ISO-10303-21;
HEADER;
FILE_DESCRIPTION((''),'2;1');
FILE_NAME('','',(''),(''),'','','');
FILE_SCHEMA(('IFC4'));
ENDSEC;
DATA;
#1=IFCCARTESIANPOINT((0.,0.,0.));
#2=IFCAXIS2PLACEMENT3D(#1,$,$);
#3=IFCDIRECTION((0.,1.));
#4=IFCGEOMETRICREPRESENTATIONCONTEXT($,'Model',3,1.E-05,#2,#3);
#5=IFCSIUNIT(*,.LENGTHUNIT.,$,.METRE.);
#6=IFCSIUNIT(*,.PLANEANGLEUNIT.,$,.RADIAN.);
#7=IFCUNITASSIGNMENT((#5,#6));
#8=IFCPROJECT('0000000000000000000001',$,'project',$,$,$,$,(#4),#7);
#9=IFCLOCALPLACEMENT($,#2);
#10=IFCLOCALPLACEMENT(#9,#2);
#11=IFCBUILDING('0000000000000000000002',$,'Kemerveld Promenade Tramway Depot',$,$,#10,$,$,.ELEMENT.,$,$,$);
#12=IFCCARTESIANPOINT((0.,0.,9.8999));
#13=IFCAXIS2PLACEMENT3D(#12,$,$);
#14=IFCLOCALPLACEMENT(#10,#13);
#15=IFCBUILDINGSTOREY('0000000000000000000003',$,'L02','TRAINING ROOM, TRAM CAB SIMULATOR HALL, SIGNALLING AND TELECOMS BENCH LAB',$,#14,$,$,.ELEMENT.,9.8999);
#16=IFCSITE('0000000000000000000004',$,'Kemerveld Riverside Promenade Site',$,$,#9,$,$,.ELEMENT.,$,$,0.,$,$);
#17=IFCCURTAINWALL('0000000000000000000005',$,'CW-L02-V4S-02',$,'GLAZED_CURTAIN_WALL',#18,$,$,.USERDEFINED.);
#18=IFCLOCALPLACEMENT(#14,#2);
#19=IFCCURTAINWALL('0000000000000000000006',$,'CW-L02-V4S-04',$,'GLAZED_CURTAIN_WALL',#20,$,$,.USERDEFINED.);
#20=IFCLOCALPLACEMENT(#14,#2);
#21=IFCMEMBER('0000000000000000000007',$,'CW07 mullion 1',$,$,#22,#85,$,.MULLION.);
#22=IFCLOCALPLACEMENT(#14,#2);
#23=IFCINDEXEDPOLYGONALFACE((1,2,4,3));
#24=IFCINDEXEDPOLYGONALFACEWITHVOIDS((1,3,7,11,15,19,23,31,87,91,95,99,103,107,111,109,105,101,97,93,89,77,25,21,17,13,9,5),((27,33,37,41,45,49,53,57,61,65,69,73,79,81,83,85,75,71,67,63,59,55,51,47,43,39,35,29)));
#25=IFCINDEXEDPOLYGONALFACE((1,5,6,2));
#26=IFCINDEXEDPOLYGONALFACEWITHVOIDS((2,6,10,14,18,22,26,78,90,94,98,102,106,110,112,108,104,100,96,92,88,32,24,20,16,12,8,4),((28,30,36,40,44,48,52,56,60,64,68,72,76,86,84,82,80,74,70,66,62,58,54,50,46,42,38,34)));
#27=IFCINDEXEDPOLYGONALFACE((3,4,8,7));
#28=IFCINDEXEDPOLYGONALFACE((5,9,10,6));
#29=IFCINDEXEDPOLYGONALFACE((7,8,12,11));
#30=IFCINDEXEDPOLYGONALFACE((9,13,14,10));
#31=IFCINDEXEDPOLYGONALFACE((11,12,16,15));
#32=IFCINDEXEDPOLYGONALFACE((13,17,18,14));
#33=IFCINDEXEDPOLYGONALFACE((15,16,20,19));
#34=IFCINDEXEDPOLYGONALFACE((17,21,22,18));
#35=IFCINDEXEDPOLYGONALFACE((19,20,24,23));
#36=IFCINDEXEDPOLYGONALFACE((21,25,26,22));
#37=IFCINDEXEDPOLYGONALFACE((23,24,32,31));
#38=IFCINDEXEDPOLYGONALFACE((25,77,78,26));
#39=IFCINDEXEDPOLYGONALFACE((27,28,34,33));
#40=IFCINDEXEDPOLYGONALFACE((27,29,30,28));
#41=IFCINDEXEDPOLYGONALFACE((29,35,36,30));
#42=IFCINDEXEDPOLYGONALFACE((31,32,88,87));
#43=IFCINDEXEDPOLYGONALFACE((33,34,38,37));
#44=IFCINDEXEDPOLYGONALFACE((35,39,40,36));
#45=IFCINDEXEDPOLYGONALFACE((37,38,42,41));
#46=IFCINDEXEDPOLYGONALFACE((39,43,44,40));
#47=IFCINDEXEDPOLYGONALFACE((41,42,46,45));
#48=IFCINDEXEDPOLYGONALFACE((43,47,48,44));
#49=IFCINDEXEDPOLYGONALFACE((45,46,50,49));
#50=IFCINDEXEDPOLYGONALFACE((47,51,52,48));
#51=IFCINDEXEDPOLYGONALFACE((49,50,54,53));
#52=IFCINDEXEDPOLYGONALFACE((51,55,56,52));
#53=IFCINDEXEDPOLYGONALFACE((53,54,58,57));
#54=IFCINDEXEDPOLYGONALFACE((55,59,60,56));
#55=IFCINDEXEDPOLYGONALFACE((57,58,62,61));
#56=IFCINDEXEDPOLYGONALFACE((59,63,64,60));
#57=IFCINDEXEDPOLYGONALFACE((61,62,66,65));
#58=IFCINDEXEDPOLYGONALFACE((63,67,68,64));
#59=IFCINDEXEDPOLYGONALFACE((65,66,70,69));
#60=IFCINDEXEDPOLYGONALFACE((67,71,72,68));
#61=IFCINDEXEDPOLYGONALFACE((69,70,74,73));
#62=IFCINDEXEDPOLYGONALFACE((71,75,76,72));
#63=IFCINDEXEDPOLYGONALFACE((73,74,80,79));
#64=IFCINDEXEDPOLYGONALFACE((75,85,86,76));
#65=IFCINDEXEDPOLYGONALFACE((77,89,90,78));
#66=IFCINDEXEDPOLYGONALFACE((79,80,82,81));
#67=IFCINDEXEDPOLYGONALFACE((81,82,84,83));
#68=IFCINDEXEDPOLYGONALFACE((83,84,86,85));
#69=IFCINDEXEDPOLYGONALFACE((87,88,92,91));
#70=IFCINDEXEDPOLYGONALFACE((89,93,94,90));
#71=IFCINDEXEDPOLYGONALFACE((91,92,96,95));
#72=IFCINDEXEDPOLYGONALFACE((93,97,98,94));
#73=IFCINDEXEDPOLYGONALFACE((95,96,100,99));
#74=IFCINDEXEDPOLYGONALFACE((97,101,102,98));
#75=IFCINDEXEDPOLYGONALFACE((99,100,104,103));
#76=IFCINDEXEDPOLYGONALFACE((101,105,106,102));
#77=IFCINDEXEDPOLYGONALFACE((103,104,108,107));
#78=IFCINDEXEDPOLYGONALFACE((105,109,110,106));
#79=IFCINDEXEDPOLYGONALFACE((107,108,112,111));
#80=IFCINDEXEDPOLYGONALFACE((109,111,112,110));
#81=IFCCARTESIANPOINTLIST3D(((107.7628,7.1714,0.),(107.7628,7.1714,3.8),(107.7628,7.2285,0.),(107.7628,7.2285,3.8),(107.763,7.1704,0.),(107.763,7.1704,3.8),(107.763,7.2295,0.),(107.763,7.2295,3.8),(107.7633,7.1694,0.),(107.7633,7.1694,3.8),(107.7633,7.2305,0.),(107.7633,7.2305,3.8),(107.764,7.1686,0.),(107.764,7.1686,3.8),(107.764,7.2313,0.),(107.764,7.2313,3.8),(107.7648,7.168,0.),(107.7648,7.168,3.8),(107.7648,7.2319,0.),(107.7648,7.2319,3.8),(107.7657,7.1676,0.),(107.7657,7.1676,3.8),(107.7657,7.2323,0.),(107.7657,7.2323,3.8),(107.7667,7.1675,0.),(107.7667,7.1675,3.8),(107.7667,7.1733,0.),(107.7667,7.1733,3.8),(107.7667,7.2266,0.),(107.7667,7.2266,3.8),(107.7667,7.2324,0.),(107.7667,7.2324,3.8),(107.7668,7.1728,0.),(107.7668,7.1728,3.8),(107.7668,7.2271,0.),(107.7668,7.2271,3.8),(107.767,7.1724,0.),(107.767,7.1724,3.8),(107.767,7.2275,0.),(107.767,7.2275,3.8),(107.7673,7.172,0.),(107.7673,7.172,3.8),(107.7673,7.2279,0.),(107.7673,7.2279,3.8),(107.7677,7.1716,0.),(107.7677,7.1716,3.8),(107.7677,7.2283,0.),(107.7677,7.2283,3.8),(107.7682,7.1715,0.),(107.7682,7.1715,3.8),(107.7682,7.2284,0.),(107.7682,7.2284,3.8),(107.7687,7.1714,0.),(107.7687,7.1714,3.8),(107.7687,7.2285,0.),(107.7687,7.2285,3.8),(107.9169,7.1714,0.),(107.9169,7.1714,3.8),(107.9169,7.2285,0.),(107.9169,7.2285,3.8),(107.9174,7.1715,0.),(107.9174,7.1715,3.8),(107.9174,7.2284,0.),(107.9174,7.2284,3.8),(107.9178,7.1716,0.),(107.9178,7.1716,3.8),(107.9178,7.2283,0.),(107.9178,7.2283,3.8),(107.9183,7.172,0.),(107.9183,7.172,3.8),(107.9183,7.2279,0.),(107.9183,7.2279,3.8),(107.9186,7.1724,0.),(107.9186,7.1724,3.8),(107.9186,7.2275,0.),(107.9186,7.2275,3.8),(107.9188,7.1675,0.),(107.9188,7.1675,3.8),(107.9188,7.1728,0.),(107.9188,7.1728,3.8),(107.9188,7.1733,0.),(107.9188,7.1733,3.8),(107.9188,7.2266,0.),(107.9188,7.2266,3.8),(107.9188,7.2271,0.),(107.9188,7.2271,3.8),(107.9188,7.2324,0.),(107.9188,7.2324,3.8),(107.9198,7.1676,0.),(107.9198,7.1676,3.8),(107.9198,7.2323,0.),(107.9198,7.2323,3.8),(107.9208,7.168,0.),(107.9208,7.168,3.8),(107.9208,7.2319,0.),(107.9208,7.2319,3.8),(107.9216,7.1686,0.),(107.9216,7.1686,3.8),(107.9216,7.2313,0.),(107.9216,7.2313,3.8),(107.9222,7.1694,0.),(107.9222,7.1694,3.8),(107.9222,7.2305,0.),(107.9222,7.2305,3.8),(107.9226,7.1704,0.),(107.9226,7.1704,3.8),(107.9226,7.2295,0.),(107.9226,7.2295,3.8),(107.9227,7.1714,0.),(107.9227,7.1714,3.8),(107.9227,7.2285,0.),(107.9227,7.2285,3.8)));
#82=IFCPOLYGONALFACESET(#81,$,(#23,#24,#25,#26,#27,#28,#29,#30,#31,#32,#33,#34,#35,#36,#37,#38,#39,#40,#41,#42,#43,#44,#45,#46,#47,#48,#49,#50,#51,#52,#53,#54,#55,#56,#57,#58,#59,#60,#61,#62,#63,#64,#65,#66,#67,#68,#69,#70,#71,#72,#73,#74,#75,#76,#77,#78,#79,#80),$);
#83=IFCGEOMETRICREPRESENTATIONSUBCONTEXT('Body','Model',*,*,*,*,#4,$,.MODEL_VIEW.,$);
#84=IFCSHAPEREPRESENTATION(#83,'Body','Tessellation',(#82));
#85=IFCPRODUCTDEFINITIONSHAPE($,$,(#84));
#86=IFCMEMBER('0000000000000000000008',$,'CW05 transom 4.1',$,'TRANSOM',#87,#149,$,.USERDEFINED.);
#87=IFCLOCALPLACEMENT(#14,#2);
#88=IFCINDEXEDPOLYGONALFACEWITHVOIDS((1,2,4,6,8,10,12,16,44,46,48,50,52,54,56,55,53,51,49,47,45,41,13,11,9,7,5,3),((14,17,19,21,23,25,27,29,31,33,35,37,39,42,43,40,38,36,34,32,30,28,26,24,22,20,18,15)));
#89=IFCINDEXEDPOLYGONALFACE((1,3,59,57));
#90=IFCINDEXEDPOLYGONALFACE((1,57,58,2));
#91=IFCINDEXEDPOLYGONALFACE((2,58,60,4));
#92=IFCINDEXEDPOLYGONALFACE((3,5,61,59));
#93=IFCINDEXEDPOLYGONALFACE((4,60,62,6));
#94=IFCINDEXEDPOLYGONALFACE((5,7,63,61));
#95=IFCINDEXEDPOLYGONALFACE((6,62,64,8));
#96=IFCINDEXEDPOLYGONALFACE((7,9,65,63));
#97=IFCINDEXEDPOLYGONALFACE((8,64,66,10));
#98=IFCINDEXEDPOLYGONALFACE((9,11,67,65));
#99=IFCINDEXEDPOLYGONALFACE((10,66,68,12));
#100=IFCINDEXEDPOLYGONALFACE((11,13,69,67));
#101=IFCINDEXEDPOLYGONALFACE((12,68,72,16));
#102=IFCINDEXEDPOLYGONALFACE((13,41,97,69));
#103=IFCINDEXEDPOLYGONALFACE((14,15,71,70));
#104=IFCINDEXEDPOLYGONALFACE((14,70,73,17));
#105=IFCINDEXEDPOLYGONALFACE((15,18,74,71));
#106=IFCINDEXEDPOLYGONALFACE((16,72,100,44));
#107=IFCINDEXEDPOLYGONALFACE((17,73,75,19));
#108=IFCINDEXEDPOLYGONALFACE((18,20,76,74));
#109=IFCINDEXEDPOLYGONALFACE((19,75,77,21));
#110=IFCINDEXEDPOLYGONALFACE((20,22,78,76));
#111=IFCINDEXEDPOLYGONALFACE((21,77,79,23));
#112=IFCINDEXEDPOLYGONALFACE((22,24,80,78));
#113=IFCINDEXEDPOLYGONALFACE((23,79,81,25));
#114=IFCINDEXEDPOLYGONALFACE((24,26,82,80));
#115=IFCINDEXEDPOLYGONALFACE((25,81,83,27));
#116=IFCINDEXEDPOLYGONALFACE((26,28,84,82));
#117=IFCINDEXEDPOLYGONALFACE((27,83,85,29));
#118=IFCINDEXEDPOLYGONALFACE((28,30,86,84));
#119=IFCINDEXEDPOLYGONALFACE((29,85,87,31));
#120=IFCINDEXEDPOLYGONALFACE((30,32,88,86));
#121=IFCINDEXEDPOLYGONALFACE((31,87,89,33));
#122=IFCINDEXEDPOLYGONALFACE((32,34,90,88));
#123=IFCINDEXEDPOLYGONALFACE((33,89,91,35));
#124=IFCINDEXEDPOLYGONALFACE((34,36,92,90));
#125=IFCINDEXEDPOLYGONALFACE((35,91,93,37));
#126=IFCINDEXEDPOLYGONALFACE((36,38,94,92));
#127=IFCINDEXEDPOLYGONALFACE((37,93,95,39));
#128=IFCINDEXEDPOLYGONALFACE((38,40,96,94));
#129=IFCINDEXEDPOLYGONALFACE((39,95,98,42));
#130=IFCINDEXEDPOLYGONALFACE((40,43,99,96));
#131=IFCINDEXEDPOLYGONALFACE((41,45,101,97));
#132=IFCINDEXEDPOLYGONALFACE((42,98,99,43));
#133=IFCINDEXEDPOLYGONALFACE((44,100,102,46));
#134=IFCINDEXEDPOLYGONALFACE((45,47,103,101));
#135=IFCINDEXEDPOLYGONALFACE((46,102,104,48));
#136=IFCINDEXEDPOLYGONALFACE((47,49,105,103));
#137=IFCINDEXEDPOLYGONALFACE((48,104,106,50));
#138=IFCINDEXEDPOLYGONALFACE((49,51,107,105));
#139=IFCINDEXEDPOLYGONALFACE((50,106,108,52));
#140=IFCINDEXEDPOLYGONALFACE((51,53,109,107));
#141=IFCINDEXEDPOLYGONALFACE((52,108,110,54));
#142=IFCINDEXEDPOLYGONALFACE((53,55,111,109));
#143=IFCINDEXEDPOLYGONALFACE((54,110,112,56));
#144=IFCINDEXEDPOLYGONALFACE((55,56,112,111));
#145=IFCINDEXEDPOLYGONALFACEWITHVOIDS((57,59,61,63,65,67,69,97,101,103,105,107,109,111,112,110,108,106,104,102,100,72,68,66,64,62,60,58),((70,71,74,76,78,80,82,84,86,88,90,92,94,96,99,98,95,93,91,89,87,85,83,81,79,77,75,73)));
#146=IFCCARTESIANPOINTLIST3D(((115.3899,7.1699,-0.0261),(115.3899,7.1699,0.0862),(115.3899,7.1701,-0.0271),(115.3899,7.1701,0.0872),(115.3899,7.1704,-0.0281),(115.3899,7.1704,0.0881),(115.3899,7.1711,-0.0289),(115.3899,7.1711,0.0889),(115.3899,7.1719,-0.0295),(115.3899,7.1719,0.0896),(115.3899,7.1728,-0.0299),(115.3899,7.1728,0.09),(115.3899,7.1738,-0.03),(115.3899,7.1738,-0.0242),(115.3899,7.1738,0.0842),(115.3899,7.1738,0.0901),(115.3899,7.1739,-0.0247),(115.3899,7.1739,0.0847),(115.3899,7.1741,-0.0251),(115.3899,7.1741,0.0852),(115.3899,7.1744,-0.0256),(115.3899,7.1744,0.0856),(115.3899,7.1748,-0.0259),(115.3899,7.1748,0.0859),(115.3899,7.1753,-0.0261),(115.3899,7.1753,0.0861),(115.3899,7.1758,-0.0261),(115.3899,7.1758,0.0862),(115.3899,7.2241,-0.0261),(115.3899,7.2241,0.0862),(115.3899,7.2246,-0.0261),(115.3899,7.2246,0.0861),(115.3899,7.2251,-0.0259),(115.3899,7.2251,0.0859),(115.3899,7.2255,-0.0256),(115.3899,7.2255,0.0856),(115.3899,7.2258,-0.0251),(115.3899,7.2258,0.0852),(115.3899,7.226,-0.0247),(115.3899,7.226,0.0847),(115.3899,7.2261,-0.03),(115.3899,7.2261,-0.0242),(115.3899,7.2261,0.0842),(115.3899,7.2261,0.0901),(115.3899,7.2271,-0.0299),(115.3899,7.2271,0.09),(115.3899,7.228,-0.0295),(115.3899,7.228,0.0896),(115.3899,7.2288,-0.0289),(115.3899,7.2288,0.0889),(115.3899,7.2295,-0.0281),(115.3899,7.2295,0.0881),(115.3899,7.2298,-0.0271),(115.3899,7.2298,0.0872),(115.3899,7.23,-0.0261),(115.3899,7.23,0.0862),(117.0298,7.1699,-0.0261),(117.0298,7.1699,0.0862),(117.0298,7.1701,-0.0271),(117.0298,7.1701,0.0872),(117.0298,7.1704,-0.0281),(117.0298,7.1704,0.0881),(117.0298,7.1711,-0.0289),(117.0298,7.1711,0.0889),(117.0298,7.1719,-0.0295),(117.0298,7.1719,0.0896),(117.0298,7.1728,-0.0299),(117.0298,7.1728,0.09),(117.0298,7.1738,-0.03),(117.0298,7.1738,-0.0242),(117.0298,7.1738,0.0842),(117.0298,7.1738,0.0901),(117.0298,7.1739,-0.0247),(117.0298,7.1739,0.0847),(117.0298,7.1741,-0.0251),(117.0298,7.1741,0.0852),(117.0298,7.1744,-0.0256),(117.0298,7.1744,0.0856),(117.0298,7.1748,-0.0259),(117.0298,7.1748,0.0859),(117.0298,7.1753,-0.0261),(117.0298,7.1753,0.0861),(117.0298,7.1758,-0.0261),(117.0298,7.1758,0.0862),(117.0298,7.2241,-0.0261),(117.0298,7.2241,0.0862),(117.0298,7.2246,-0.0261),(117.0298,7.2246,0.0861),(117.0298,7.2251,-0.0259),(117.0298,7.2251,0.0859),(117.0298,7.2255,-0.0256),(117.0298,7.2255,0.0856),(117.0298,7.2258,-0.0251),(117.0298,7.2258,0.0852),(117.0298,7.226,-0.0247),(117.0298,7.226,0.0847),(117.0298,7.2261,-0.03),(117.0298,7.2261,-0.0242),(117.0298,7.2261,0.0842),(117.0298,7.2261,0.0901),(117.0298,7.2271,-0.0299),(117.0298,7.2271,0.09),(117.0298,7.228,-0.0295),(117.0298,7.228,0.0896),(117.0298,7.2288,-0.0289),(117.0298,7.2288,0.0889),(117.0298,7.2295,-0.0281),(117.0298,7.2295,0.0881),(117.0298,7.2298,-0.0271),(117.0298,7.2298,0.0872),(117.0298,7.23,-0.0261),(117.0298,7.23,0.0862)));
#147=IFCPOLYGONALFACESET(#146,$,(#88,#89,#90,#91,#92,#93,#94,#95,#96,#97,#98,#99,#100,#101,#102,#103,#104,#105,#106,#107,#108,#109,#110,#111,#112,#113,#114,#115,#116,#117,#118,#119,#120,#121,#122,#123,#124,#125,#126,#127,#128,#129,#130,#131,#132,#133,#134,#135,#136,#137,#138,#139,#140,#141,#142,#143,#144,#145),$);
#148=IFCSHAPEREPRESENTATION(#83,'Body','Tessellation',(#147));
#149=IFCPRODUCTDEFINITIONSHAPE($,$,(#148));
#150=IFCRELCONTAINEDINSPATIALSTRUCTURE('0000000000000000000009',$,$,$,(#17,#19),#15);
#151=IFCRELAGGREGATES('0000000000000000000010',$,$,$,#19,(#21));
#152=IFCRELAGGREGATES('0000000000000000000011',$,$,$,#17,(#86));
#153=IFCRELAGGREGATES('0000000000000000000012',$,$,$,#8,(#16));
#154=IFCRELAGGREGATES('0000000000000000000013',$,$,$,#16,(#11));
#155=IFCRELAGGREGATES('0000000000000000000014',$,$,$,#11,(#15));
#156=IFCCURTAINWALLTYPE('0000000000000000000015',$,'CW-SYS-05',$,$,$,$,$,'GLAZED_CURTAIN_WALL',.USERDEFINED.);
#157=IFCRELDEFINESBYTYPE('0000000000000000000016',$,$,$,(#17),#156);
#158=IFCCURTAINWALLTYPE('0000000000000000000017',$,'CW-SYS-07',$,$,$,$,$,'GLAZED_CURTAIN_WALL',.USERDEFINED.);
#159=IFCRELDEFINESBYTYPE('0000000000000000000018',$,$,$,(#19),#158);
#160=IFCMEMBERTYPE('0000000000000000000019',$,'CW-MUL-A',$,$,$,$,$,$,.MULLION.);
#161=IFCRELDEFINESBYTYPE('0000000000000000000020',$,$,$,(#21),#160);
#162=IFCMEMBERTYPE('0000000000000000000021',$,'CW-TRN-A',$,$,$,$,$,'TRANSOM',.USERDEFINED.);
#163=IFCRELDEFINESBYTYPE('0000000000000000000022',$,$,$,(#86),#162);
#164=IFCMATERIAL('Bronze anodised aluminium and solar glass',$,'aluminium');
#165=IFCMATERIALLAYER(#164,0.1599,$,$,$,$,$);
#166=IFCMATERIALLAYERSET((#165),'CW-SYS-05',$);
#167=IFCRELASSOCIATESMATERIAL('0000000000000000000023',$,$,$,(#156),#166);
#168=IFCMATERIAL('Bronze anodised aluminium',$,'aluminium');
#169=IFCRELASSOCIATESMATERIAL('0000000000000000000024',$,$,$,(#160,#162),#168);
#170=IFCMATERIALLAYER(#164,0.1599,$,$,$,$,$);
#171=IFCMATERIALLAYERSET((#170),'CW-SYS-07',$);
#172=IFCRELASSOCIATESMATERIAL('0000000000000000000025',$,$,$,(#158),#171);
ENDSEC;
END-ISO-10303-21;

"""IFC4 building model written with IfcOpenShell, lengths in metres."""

from ifc_helpers import new_model, si_unit, direction, frame, origin, origin_2d, place, context, subcontext, project, spatial, hollow_rectangle, extrude, material, layer, layer_set, material_profile, profile_set, type_object, element, aggregate, save


model = new_model("IFC4")

# Units and contexts
model_context = context("Model", 3, precision=1e-05, world=origin(), true_north=direction((0.0, 1.0)))
body_context = subcontext(model_context, "Body", "Model", "MODEL_VIEW")
ifc_project = project(units=[si_unit("LENGTHUNIT", "METRE"), si_unit("PLANEANGLEUNIT", "RADIAN")], contexts=[model_context])

# Site, building, storey
site_placement = place(None, origin())
site = spatial("IfcSite", under=ifc_project, at=site_placement, Name="Kemerveld Riverside Promenade Site", CompositionType="ELEMENT", RefElevation=0.0)
building_placement = place(site_placement, origin())
building = spatial("IfcBuilding", under=site, at=building_placement, Name="Kemerveld Promenade Tramway Depot", CompositionType="ELEMENT")
storey_placement = place(building_placement, frame((0.0, 0.0, 9.8999)))
storey = spatial("IfcBuildingStorey", under=building, at=storey_placement, Name="L02", Description="TRAINING ROOM, TRAM CAB SIMULATOR HALL, SIGNALLING AND TELECOMS BENCH LAB", CompositionType="ELEMENT", Elevation=9.8999)

# Curtain wall
ifc_material_1 = material(Name="Bronze anodised aluminium and solar glass", Category="aluminium")
ifc_layer_1 = layer(ifc_material_1, 0.1599)
ifc_layer_set_1 = layer_set([ifc_layer_1], Name="CW-SYS-05")
curtain_wall_type_1 = type_object("IfcCurtainWallType", Name="CW-SYS-05", ElementType="GLAZED_CURTAIN_WALL", PredefinedType="USERDEFINED", material=ifc_layer_set_1)
curtain_wall_1_placement = place(storey_placement, origin())
curtain_wall_1 = element("IfcCurtainWall", 1, at=curtain_wall_1_placement, inside=storey, type_object=curtain_wall_type_1, Name="CW-L02-V4S-02", ObjectType="GLAZED_CURTAIN_WALL", PredefinedType="USERDEFINED")
ifc_material_2 = material(Name="Bronze anodised aluminium", Category="aluminium")
ifc_material_profile_1 = material_profile(ifc_material_2, hollow_rectangle(XDim=0.0649, YDim=0.1599, WallThickness=0.0039, InnerFilletRadius=0.002, OuterFilletRadius=0.0039, at=origin_2d()), Name="CW-MUL-160x65")
ifc_profile_set_1 = profile_set([ifc_material_profile_1], Name="Bronze anodised aluminium")
member_type_1 = type_object("IfcMemberType", Name="CW-MUL-A", PredefinedType="MULLION", material=ifc_profile_set_1)

# Curtain wall, member
ifc_layer_2 = layer(ifc_material_1, 0.1599)
ifc_layer_set_2 = layer_set([ifc_layer_2], Name="CW-SYS-07")
curtain_wall_type_2 = type_object("IfcCurtainWallType", Name="CW-SYS-07", ElementType="GLAZED_CURTAIN_WALL", PredefinedType="USERDEFINED", material=ifc_layer_set_2)
curtain_wall_2_placement = place(storey_placement, origin())
curtain_wall_2 = element("IfcCurtainWall", 2, at=curtain_wall_2_placement, inside=storey, type_object=curtain_wall_type_2, Name="CW-L02-V4S-04", ObjectType="GLAZED_CURTAIN_WALL", PredefinedType="USERDEFINED")
member_1_placement = place(storey_placement, frame((107.8428, 7.2, 0.0), z_axis=(0.0, 0.0, 1.0), x_axis=(0.0, -1.0, 0.0)))
member_1 = element("IfcMember", 3, at=member_1_placement, type_object=member_type_1, Name="CW07 mullion 1", PredefinedType="MULLION", context=body_context, shape_type="SweptSolid", body=[
    extrude(hollow_rectangle(XDim=0.0649, YDim=0.1599, WallThickness=0.0039, InnerFilletRadius=0.002, OuterFilletRadius=0.0039, at=origin_2d()), origin(), (0.0, 0.0, 1.0), 3.8),
])

# Member
ifc_material_profile_2 = material_profile(ifc_material_2, hollow_rectangle(XDim=0.0601, YDim=0.1201, WallThickness=0.0039, InnerFilletRadius=0.002, OuterFilletRadius=0.0039, at=origin_2d()), Name="CW-TRN-120x60")
ifc_profile_set_2 = profile_set([ifc_material_profile_2], Name="Bronze anodised aluminium")
member_type_2 = type_object("IfcMemberType", Name="CW-TRN-A", ElementType="TRANSOM", PredefinedType="USERDEFINED", material=ifc_profile_set_2)
member_2_placement = place(storey_placement, frame((117.0298, 7.2, 0.03), z_axis=(-1.0, 0.0, 0.0), x_axis=(0.0, -1.0, 0.0)))
member_2 = element("IfcMember", 4, at=member_2_placement, type_object=member_type_2, Name="CW05 transom 4.1", ObjectType="TRANSOM", PredefinedType="USERDEFINED", context=body_context, shape_type="SweptSolid", body=[
    extrude(hollow_rectangle(XDim=0.0601, YDim=0.1201, WallThickness=0.0039, InnerFilletRadius=0.002, OuterFilletRadius=0.0039, at=origin_2d()), origin(), (0.0, 0.0, 1.0), 1.6399),
])
aggregate(curtain_wall_2, [member_1])

aggregate(curtain_wall_1, [member_2])

save(model, "model.ifc")
